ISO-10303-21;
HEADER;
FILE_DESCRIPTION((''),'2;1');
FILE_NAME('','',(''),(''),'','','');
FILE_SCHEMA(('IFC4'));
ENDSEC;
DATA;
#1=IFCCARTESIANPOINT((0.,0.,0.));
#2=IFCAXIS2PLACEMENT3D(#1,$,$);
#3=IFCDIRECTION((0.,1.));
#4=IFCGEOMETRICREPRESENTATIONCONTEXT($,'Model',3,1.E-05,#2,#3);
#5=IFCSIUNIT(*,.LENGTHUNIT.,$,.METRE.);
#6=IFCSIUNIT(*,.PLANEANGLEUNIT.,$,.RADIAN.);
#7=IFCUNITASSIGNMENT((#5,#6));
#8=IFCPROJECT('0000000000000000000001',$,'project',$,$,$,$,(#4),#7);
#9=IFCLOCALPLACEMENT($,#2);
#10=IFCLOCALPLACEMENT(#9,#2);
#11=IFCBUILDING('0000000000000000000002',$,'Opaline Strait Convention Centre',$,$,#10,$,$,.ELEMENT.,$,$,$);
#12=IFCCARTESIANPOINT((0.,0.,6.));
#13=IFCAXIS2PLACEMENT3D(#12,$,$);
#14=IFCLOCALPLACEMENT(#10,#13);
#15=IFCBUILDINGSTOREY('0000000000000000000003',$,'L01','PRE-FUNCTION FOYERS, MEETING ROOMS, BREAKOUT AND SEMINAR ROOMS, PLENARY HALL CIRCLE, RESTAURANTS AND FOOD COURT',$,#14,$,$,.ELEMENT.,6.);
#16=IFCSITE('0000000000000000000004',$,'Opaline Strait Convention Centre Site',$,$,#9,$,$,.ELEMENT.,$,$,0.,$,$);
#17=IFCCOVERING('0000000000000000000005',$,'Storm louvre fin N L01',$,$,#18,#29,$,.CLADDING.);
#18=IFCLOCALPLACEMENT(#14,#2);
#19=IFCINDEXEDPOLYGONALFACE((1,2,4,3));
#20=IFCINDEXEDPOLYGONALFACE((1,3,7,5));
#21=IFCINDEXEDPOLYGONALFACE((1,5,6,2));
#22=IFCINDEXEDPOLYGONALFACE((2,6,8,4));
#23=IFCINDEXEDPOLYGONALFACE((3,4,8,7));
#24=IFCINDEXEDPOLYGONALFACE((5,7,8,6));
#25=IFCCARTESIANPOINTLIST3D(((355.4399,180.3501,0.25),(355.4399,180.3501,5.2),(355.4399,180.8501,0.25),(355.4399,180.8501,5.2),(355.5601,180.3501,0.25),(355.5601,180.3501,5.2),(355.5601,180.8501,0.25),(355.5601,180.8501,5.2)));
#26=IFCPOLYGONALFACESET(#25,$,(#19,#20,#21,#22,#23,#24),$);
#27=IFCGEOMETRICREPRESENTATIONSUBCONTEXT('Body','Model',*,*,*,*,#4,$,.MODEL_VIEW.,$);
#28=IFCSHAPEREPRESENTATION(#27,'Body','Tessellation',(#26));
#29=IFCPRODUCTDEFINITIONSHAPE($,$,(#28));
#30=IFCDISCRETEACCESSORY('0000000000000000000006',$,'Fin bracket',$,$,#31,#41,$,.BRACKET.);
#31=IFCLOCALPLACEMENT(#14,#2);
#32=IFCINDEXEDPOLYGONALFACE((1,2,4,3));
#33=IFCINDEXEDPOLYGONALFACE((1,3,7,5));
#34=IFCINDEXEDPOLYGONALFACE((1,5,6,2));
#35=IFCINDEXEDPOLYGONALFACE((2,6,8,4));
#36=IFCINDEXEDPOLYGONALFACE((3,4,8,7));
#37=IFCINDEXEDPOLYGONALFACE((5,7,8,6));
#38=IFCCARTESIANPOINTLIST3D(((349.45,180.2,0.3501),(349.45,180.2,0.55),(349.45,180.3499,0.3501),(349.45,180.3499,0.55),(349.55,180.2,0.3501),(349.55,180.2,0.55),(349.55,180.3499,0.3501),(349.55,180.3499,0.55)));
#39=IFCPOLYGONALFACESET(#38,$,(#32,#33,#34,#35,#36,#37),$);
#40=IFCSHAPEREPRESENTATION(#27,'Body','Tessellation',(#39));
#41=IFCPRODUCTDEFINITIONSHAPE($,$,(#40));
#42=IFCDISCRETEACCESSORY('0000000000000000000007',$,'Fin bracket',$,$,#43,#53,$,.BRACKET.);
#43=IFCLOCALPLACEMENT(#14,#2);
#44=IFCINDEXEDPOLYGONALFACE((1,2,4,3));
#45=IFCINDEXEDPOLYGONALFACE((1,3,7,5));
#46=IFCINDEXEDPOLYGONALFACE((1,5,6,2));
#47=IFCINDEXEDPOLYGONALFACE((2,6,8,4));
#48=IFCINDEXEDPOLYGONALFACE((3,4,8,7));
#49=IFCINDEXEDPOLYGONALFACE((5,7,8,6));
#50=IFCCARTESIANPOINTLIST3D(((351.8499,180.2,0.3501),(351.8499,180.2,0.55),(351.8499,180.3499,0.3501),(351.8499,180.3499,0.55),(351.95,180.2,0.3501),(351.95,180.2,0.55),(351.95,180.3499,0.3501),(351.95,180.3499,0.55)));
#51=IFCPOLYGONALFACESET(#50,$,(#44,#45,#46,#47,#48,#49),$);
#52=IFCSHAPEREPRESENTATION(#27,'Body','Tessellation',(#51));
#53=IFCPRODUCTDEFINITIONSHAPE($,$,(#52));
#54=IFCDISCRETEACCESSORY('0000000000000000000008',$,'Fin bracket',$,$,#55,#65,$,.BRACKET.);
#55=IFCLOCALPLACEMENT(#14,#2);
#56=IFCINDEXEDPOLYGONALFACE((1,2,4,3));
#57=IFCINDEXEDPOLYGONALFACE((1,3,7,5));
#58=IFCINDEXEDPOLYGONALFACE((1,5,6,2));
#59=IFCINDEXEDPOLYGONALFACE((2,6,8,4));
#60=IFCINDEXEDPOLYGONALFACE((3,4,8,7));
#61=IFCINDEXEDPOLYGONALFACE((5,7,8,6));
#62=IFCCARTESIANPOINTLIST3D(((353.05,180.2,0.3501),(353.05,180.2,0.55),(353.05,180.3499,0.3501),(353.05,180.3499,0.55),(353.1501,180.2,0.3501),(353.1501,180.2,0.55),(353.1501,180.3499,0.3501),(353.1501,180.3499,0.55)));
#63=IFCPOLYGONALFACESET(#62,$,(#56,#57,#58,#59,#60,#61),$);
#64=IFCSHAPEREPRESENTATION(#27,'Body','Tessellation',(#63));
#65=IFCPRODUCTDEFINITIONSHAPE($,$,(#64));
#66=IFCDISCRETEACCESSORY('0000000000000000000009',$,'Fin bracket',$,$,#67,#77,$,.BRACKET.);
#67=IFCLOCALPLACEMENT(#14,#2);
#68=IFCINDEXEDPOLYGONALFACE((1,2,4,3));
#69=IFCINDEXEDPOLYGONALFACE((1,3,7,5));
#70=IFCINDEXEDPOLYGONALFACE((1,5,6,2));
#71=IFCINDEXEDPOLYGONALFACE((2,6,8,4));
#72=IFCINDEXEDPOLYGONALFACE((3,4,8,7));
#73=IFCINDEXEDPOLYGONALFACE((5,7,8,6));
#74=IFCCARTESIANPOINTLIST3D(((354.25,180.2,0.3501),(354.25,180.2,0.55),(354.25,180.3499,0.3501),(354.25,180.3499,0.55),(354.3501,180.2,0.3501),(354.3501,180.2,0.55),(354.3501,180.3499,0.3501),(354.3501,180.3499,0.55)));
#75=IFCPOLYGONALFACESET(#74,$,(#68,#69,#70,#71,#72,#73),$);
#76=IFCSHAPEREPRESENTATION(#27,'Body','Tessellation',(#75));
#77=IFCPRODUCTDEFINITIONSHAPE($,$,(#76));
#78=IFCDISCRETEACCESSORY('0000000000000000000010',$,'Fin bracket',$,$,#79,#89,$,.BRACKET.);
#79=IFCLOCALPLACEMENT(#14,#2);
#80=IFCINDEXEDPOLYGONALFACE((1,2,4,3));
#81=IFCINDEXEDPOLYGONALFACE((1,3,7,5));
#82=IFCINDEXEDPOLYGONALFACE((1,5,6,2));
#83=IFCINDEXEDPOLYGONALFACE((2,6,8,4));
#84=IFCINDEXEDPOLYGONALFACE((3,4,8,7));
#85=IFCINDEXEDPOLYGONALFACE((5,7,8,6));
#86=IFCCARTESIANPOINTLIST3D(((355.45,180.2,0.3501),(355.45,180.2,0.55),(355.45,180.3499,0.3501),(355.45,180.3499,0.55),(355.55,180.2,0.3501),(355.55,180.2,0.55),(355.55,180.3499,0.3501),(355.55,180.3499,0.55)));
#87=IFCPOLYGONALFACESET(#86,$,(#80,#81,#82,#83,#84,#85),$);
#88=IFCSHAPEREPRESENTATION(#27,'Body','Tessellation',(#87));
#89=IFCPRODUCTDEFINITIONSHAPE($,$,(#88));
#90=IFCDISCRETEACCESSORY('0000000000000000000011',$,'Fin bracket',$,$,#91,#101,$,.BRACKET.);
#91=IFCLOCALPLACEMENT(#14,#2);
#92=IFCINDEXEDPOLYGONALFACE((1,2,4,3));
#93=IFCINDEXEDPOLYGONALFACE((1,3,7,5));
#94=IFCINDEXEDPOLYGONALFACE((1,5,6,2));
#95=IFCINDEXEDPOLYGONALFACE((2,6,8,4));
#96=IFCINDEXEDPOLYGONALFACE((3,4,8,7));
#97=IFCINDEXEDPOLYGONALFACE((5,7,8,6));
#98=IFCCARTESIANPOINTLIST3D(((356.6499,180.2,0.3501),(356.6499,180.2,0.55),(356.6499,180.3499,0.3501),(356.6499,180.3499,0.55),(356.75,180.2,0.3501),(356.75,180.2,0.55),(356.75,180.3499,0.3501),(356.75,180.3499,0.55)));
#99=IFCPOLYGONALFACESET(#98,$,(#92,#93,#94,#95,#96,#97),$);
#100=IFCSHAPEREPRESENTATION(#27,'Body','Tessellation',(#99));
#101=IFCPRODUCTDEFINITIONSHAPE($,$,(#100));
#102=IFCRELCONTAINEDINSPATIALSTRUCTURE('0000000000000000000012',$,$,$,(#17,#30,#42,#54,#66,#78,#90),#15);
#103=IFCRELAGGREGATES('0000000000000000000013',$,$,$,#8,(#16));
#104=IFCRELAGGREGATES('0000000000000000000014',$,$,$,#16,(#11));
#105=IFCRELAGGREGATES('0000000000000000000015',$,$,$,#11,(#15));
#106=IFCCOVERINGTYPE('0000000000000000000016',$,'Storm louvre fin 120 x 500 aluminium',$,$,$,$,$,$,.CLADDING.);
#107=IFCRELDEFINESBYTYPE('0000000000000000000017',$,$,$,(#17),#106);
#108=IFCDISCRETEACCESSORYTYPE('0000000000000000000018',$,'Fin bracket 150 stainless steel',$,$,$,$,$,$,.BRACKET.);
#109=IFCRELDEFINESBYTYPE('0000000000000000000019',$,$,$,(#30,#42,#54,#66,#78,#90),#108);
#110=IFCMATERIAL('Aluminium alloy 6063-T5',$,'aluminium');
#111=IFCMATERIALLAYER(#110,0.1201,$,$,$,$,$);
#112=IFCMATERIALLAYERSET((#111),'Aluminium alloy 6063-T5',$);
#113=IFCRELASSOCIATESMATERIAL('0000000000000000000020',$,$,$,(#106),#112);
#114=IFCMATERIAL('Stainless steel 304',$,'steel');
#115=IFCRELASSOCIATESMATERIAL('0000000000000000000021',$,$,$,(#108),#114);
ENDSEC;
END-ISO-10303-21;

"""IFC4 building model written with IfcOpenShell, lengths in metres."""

from ifc_helpers import new_model, si_unit, direction, frame, origin, origin_2d, place, context, subcontext, project, spatial, rectangle, extrude, material, layer, layer_set, type_object, element, save


model = new_model("IFC4")

# Units and contexts
model_context = context("Model", 3, precision=1e-05, world=origin(), true_north=direction((0.0, 1.0)))
body_context = subcontext(model_context, "Body", "Model", "MODEL_VIEW")
ifc_project = project(units=[si_unit("LENGTHUNIT", "METRE"), si_unit("PLANEANGLEUNIT", "RADIAN")], contexts=[model_context])

# Site, building, storey
site_placement = place(None, origin())
site = spatial("IfcSite", under=ifc_project, at=site_placement, Name="Opaline Strait Convention Centre Site", CompositionType="ELEMENT", RefElevation=0.0)
building_placement = place(site_placement, origin())
building = spatial("IfcBuilding", under=site, at=building_placement, Name="Opaline Strait Convention Centre", CompositionType="ELEMENT")
storey_placement = place(building_placement, frame((0.0, 0.0, 6.0)))
storey = spatial("IfcBuildingStorey", under=building, at=storey_placement, Name="L01", Description="PRE-FUNCTION FOYERS, MEETING ROOMS, BREAKOUT AND SEMINAR ROOMS, PLENARY HALL CIRCLE, RESTAURANTS AND FOOD COURT", CompositionType="ELEMENT", Elevation=6.0)

# Shared definitions
ifc_material_1 = material(Name="Stainless steel 304", Category="steel")

# Covering
ifc_material_2 = material(Name="Aluminium alloy 6063-T5", Category="aluminium")
ifc_layer_1 = layer(ifc_material_2, 0.1201)
ifc_layer_set_1 = layer_set([ifc_layer_1], Name="Aluminium alloy 6063-T5")
covering_type = type_object("IfcCoveringType", Name="Storm louvre fin 120 x 500 aluminium", PredefinedType="CLADDING", material=ifc_layer_set_1)
for number, where, z_axis, x_axis, name in (
    (1, (355.5, 180.6001, 0.25), (0.0, 0.0, 1.0), (1.0, 0.0, 0.0), "Storm louvre fin N L01"),
):
    element("IfcCovering", number, at=place(storey_placement, frame(where, z_axis=z_axis, x_axis=x_axis)), inside=storey, type_object=covering_type, Name=name, PredefinedType="CLADDING", context=body_context, shape_type="SweptSolid", body=[
        extrude(rectangle(XDim=0.1201, YDim=0.5, at=origin_2d()), origin(), (0.0, 0.0, 1.0), 4.95),
    ])

# Discrete accessories
discrete_accessory_type = type_object("IfcDiscreteAccessoryType", Name="Fin bracket 150 stainless steel", PredefinedType="BRACKET", material=ifc_material_1)
for number, where, z_axis, x_axis, name in (
    (2, (349.5, 180.2749, 0.3501), (0.0, 0.0, 1.0), (1.0, 0.0, 0.0), "Fin bracket"),
    (3, (351.8999, 180.2749, 0.3501), (0.0, 0.0, 1.0), (1.0, 0.0, 0.0), "Fin bracket"),
    (4, (353.1001, 180.2749, 0.3501), (0.0, 0.0, 1.0), (1.0, 0.0, 0.0), "Fin bracket"),
    (5, (354.3, 180.2749, 0.3501), (0.0, 0.0, 1.0), (1.0, 0.0, 0.0), "Fin bracket"),
    (6, (355.5, 180.2749, 0.3501), (0.0, 0.0, 1.0), (1.0, 0.0, 0.0), "Fin bracket"),
    (7, (356.7, 180.2749, 0.3501), (0.0, 0.0, 1.0), (1.0, 0.0, 0.0), "Fin bracket"),
):
    element("IfcDiscreteAccessory", number, at=place(storey_placement, frame(where, z_axis=z_axis, x_axis=x_axis)), inside=storey, type_object=discrete_accessory_type, Name=name, PredefinedType="BRACKET", context=body_context, shape_type="SweptSolid", body=[
        extrude(rectangle(XDim=0.1001, YDim=0.1499, at=origin_2d()), origin(), (0.0, 0.0, 1.0), 0.2),
    ])

save(model, "model.ifc")
